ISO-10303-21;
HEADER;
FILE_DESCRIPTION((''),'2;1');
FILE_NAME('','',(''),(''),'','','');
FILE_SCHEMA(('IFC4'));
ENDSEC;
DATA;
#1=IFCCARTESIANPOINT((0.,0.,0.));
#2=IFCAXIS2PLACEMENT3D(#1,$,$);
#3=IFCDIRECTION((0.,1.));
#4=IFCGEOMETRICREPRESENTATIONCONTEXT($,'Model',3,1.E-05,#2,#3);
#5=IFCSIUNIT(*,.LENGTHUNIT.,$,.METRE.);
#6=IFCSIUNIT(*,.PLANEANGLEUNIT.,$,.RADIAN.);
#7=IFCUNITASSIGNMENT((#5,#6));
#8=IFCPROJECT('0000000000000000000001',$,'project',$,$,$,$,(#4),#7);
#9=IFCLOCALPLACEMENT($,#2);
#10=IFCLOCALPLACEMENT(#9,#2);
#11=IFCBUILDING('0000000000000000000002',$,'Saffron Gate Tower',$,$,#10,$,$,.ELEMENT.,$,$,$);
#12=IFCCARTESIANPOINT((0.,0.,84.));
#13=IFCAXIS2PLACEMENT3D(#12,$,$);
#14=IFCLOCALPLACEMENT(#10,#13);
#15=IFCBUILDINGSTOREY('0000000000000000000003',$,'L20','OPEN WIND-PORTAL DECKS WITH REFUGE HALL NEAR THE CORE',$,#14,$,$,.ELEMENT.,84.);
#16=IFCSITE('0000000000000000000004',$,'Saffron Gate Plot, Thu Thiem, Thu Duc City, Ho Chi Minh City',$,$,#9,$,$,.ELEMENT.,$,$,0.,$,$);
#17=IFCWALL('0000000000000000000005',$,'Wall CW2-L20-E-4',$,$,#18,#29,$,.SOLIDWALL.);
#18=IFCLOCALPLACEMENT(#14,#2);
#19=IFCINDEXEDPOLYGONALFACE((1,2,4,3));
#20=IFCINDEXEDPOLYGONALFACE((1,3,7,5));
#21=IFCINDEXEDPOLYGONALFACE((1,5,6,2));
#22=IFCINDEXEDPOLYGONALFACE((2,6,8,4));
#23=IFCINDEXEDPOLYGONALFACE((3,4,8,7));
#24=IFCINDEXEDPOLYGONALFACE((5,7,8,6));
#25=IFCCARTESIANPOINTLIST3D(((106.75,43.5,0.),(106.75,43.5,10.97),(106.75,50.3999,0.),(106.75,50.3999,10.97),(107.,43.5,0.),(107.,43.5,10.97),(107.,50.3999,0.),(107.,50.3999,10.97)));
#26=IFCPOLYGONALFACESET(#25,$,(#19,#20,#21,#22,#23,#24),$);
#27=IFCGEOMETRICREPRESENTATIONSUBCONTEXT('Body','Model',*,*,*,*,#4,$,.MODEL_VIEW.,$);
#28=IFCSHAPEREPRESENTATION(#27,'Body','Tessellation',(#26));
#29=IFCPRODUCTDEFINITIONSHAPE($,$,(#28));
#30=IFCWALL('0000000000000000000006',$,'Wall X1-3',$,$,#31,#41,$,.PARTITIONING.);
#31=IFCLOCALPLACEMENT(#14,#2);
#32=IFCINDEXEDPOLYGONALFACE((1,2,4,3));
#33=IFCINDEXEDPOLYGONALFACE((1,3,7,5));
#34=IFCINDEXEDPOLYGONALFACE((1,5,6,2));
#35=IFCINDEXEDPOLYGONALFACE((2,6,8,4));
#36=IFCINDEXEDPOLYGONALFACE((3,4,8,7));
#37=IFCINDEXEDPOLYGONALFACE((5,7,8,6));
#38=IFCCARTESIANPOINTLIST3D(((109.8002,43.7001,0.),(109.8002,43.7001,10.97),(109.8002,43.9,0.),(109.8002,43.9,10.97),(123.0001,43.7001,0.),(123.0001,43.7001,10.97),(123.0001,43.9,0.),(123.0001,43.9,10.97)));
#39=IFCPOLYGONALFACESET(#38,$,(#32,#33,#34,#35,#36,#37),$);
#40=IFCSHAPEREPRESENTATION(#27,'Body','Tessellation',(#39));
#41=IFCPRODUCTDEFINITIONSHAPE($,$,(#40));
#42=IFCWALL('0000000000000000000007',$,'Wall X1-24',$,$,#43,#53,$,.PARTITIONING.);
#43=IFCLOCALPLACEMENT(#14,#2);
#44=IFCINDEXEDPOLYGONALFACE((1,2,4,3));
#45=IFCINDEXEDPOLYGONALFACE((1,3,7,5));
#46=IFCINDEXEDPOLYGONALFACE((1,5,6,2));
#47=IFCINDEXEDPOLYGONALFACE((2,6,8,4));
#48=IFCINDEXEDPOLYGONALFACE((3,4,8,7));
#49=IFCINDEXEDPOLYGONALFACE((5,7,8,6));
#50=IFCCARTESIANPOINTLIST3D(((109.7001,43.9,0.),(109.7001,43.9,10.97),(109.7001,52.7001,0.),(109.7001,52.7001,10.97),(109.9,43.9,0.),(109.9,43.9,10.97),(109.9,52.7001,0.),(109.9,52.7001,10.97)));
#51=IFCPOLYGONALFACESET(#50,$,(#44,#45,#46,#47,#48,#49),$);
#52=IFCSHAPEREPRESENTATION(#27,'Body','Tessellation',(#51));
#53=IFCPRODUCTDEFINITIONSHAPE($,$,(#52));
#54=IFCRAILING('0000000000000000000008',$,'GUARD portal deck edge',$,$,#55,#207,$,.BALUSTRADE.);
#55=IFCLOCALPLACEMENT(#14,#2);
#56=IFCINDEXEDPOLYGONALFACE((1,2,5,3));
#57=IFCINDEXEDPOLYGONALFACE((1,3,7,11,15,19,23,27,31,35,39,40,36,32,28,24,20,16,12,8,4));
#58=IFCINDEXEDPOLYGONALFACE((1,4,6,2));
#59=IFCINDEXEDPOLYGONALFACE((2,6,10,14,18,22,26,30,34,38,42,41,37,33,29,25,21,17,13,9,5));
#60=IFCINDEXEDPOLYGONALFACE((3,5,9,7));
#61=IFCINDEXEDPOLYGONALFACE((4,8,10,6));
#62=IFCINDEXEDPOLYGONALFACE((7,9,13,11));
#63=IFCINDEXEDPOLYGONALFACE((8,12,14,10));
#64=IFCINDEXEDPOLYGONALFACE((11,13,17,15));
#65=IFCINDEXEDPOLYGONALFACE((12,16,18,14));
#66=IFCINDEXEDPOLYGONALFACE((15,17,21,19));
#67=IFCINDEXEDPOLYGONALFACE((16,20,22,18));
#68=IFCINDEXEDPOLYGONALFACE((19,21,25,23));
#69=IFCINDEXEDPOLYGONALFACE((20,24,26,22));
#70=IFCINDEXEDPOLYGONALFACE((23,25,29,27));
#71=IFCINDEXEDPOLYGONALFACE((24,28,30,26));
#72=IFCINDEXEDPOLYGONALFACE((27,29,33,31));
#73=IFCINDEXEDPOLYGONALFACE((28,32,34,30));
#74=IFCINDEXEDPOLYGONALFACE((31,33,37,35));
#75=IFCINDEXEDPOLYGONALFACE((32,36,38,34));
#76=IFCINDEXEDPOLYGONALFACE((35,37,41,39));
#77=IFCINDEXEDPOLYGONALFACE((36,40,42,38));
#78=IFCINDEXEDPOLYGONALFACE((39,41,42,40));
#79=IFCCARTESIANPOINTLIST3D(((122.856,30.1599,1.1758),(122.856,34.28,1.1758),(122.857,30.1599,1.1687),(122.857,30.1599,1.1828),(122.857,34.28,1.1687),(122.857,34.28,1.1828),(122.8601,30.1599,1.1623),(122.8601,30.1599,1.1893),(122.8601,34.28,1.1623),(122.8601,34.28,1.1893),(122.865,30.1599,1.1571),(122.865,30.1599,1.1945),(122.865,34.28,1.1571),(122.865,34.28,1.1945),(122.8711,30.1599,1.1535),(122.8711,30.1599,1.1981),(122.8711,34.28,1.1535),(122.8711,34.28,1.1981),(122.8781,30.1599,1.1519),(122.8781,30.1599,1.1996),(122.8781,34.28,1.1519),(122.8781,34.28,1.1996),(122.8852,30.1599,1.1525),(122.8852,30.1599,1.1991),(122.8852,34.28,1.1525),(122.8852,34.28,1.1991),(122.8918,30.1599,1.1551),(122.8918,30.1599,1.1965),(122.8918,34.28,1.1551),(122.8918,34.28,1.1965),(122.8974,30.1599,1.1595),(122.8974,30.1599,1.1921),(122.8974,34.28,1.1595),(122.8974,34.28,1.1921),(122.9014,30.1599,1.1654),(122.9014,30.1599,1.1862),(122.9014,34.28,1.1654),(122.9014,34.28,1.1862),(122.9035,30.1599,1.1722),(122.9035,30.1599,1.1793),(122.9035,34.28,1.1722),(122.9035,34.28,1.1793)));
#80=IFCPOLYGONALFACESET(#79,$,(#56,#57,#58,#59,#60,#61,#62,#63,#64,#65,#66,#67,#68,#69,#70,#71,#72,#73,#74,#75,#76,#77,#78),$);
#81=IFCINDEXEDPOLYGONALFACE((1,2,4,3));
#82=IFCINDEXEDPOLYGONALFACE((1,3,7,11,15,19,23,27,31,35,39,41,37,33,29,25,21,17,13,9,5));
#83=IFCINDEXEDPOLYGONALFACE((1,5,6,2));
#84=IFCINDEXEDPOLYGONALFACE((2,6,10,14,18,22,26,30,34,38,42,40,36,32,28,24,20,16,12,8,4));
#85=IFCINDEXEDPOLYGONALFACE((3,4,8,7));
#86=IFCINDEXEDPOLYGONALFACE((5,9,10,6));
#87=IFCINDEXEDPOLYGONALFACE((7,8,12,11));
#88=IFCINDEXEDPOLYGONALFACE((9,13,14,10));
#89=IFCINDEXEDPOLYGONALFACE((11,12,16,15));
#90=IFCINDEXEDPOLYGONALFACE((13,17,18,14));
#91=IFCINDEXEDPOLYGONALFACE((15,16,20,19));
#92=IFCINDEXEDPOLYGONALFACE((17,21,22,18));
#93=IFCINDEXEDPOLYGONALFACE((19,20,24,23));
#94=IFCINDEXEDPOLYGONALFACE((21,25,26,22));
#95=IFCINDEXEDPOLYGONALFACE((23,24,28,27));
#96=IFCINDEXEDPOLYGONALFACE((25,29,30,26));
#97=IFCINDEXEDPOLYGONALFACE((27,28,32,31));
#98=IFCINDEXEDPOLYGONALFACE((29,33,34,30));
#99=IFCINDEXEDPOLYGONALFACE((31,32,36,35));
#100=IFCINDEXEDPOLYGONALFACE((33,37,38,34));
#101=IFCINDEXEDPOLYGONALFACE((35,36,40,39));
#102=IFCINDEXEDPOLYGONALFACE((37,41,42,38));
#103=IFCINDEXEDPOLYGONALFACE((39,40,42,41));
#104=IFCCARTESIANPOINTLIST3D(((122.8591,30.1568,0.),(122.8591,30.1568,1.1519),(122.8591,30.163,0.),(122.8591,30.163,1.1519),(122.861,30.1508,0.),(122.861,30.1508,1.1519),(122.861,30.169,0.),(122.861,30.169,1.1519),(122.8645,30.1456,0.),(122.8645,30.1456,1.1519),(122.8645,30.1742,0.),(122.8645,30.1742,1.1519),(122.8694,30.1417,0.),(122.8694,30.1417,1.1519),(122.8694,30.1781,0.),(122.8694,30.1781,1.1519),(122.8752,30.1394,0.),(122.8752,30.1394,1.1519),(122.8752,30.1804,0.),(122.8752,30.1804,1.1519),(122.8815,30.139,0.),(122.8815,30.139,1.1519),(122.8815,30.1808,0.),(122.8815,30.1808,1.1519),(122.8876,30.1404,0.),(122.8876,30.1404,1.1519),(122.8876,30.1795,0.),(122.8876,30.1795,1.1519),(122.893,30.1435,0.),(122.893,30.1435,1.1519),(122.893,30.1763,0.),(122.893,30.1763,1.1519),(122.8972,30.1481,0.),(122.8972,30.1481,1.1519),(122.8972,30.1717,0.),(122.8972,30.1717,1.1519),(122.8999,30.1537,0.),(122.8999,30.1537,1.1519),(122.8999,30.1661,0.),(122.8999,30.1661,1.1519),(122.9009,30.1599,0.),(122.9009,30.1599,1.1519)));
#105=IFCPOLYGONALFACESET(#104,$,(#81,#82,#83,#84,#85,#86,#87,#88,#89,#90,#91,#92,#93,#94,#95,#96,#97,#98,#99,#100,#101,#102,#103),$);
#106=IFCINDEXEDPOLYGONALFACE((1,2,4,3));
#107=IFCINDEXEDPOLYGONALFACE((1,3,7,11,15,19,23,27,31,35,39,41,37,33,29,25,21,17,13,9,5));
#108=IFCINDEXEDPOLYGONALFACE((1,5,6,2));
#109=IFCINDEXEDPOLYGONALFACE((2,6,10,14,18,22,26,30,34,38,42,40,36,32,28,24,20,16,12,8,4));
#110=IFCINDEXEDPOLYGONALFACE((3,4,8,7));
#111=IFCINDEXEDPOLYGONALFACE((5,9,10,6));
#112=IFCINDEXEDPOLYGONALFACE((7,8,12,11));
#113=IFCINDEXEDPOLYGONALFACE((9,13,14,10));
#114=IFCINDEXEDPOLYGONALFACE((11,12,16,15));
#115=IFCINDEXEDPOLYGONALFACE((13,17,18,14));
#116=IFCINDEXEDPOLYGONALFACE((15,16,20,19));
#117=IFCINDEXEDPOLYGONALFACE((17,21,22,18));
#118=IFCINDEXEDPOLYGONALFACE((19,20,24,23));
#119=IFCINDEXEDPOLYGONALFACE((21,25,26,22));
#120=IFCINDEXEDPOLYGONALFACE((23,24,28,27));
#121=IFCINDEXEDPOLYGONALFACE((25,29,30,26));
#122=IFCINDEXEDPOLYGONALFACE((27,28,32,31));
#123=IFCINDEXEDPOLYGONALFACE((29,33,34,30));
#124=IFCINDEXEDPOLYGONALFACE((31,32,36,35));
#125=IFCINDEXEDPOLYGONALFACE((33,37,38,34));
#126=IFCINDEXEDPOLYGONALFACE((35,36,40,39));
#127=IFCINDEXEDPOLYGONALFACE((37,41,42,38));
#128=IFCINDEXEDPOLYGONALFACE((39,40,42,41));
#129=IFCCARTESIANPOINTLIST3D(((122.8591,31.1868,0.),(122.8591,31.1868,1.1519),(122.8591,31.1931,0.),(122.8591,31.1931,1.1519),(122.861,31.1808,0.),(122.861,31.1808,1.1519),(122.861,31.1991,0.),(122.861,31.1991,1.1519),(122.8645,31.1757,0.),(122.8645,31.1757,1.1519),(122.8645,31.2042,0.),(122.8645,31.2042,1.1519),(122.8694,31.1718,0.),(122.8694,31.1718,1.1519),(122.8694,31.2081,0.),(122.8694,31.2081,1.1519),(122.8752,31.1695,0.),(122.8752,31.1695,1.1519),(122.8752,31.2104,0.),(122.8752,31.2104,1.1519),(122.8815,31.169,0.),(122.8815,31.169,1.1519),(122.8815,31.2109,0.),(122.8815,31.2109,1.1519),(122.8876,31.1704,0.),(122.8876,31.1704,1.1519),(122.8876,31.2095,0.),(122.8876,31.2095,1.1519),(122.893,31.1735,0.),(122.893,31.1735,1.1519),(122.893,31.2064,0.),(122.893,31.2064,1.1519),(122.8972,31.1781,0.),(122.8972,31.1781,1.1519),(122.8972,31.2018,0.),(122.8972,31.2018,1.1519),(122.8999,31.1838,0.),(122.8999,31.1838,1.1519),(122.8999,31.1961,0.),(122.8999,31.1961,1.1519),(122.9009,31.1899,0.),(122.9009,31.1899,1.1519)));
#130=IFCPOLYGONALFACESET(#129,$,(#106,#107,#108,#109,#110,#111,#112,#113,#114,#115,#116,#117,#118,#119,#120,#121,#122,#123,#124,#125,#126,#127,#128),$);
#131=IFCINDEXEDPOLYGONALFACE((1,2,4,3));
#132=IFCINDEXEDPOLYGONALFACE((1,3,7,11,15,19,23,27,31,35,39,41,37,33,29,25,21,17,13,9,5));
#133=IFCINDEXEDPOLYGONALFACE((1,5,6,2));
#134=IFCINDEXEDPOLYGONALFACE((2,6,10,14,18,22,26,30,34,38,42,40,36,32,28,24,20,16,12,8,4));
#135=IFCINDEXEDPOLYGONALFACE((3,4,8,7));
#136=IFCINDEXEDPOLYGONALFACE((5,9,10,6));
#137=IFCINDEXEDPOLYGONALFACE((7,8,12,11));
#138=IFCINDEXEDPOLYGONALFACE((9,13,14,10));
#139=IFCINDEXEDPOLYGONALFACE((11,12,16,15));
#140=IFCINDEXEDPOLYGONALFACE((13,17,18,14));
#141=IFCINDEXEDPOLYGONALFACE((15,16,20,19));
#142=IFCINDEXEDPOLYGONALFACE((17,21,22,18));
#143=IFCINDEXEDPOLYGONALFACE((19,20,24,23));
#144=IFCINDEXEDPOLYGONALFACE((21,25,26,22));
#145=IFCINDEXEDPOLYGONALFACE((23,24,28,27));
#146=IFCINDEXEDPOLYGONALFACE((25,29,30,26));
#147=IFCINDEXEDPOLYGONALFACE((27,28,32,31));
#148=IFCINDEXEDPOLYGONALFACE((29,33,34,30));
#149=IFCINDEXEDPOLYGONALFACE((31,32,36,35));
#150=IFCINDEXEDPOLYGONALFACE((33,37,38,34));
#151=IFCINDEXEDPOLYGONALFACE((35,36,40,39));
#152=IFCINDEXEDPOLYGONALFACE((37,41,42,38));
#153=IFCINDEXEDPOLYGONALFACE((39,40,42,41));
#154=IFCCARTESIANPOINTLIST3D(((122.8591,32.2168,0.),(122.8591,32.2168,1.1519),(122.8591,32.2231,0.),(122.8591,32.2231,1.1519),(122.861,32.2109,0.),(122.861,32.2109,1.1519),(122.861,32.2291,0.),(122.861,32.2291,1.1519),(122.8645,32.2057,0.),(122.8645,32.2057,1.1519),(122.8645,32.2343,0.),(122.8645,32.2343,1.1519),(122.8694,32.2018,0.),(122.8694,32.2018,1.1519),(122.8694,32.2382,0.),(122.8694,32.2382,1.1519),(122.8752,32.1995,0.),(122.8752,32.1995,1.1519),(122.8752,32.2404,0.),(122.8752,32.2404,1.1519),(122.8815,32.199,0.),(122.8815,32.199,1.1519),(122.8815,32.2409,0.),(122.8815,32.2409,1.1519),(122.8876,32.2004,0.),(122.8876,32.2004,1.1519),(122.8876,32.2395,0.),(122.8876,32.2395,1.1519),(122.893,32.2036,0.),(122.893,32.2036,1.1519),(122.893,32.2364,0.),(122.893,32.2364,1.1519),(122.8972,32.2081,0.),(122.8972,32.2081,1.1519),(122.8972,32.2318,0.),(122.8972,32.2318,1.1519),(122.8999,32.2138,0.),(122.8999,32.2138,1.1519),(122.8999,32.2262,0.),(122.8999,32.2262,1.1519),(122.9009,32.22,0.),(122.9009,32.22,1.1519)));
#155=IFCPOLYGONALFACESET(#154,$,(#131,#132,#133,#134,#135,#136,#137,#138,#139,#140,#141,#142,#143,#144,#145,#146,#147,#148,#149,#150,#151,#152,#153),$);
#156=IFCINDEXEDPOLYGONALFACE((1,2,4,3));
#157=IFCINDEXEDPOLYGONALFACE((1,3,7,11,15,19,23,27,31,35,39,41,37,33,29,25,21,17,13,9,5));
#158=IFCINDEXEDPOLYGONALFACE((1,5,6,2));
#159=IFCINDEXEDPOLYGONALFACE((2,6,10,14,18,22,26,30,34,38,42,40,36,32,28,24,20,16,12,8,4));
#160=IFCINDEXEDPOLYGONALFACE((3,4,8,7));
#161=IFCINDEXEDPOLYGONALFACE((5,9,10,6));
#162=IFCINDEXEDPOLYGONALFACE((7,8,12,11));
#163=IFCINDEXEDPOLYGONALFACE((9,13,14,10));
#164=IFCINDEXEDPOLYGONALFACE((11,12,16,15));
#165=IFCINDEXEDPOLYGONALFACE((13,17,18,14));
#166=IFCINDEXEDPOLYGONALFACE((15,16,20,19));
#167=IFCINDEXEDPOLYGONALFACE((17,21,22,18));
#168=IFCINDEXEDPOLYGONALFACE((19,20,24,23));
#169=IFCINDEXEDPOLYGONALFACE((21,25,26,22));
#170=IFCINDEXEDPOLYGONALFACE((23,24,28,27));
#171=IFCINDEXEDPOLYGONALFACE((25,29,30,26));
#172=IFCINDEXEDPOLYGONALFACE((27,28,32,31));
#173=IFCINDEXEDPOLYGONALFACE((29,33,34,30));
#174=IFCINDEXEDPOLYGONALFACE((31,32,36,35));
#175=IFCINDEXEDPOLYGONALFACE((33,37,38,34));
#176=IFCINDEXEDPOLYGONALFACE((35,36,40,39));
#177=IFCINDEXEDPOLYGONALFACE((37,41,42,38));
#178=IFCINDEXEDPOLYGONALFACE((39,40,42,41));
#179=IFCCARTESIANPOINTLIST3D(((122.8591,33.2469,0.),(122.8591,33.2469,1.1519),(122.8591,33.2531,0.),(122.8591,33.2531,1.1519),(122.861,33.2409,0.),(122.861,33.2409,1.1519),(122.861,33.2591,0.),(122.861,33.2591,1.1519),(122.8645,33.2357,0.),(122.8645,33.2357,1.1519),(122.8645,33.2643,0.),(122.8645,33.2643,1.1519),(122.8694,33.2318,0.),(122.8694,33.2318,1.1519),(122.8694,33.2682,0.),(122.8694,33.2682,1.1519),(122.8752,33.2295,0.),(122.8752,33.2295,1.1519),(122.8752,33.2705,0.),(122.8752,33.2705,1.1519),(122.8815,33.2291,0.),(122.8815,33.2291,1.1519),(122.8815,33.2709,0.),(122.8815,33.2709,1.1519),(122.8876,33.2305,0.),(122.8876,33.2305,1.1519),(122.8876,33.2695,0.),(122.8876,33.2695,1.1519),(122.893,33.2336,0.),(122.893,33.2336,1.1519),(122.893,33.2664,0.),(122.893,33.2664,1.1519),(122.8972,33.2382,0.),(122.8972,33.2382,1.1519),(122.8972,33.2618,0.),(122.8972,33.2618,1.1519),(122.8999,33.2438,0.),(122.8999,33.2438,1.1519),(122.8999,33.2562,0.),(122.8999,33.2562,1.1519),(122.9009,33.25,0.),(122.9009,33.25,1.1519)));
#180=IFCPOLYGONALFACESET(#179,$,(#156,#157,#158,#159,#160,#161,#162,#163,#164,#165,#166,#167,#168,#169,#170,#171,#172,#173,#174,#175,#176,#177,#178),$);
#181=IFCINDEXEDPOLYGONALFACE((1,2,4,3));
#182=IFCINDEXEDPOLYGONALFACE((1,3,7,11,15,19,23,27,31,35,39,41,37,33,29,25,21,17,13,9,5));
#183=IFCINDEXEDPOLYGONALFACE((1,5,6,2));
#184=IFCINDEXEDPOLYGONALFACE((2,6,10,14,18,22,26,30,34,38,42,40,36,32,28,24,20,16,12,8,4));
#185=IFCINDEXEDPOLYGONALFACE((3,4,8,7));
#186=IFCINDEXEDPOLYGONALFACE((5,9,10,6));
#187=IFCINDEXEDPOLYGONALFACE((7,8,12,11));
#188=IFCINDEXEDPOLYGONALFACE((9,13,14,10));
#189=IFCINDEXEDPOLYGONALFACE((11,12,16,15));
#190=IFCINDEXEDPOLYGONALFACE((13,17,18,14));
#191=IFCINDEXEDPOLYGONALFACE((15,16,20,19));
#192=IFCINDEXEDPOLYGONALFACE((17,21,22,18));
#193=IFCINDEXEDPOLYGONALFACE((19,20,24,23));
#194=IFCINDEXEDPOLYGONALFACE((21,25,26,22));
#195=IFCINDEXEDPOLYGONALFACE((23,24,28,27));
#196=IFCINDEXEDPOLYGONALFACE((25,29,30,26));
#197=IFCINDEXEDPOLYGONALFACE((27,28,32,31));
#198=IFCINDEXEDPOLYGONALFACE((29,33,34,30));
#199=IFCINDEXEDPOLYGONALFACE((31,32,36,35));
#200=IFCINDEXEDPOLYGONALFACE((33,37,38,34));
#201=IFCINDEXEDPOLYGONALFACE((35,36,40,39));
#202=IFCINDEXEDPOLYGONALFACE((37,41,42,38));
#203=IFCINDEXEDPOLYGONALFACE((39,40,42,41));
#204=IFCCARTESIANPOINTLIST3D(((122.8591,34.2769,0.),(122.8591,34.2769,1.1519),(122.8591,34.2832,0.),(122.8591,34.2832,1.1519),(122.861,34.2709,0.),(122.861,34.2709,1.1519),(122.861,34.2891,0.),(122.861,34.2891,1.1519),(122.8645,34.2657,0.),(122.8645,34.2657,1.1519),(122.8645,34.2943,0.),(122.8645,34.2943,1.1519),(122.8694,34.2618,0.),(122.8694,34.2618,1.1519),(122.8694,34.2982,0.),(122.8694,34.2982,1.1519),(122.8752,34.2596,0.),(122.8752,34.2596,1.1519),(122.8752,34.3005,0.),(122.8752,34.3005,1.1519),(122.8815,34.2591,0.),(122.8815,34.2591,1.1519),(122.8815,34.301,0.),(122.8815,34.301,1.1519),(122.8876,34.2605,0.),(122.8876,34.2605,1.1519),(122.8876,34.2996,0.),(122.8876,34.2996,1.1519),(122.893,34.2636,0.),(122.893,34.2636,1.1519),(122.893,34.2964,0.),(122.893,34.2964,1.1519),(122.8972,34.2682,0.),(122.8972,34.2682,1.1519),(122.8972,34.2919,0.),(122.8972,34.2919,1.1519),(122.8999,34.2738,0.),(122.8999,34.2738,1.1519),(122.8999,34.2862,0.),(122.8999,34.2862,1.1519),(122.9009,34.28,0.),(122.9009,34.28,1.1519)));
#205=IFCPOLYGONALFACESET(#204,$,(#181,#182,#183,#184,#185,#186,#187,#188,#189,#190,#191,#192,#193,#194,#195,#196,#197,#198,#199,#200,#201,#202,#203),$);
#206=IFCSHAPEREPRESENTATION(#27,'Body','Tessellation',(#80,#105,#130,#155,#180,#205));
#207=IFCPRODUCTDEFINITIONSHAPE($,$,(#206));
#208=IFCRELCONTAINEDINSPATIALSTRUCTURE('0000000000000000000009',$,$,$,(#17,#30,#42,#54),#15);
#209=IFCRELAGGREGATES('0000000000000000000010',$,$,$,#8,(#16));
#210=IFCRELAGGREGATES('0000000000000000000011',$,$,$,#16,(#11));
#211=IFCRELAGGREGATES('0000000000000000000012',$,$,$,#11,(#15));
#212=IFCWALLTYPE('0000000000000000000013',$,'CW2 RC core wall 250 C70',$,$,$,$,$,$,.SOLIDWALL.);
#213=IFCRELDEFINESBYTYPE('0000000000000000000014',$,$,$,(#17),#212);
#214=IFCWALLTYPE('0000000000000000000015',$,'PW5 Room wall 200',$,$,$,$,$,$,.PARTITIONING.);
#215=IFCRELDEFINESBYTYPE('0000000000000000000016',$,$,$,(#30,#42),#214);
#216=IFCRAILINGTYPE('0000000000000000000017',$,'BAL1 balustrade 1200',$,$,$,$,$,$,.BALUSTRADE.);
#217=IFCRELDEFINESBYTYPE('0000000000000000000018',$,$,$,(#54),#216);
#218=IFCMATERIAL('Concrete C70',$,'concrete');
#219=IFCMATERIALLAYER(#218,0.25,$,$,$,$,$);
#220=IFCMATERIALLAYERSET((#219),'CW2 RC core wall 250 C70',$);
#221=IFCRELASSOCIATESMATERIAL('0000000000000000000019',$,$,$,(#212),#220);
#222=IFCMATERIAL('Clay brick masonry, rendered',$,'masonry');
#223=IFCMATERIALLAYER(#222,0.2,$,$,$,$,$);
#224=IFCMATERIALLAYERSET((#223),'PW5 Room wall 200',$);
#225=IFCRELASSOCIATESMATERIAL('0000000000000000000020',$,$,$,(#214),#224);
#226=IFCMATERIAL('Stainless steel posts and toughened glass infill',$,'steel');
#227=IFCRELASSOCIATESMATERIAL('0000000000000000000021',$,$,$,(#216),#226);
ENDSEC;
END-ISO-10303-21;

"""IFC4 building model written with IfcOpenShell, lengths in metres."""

from ifc_helpers import new_model, si_unit, direction, frame, frame_2d, origin, origin_2d, place, context, subcontext, project, spatial, rectangle, circle, extrude, material, layer, layer_set, type_object, element, save


model = new_model("IFC4")

# Units and contexts
model_context = context("Model", 3, precision=1e-05, world=origin(), true_north=direction((0.0, 1.0)))
body_context = subcontext(model_context, "Body", "Model", "MODEL_VIEW")
ifc_project = project(units=[si_unit("LENGTHUNIT", "METRE"), si_unit("PLANEANGLEUNIT", "RADIAN")], contexts=[model_context])

# Site, building, storey
site_placement = place(None, origin())
site = spatial("IfcSite", under=ifc_project, at=site_placement, Name="Saffron Gate Plot, Thu Thiem, Thu Duc City, Ho Chi Minh City", CompositionType="ELEMENT", RefElevation=0.0)
building_placement = place(site_placement, origin())
building = spatial("IfcBuilding", under=site, at=building_placement, Name="Saffron Gate Tower", CompositionType="ELEMENT")
storey_placement = place(building_placement, frame((0.0, 0.0, 84.0)))
storey = spatial("IfcBuildingStorey", under=building, at=storey_placement, Name="L20", Description="OPEN WIND-PORTAL DECKS WITH REFUGE HALL NEAR THE CORE", CompositionType="ELEMENT", Elevation=84.0)

# Walls
ifc_material_1 = material(Name="Concrete C70", Category="concrete")
ifc_layer_1 = layer(ifc_material_1, 0.25)
ifc_layer_set_1 = layer_set([ifc_layer_1], Name="CW2 RC core wall 250 C70")
wall_type_1 = type_object("IfcWallType", Name="CW2 RC core wall 250 C70", PredefinedType="SOLIDWALL", material=ifc_layer_set_1)
wall_1_placement = place(storey_placement, frame((106.875, 43.5, 0.0), z_axis=(0.0, 0.0, 1.0), x_axis=(0.0, 1.0, 0.0)))
element("IfcWall", 1, at=wall_1_placement, inside=storey, type_object=wall_type_1, Name="Wall CW2-L20-E-4", PredefinedType="SOLIDWALL", context=body_context, shape_type="SweptSolid", body=[
    extrude(rectangle(XDim=6.8999, YDim=0.25, at=frame_2d((3.45, 0.0))), origin(), (0.0, 0.0, 1.0), 10.97),
])
ifc_material_2 = material(Name="Clay brick masonry, rendered", Category="masonry")
ifc_layer_2 = layer(ifc_material_2, 0.2)
ifc_layer_set_2 = layer_set([ifc_layer_2], Name="PW5 Room wall 200")
wall_type_2 = type_object("IfcWallType", Name="PW5 Room wall 200", PredefinedType="PARTITIONING", material=ifc_layer_set_2)
wall_2_placement = place(storey_placement, frame((109.8, 43.8, 0.0), z_axis=(0.0, 0.0, 1.0), x_axis=(1.0, 0.0, 0.0)))
element("IfcWall", 2, at=wall_2_placement, inside=storey, type_object=wall_type_2, Name="Wall X1-3", PredefinedType="PARTITIONING", context=body_context, shape_type="SweptSolid", body=[
    extrude(rectangle(XDim=13.2, YDim=0.2, at=frame_2d((6.6001, 0.0))), origin(), (0.0, 0.0, 1.0), 10.97),
])
wall_3_placement = place(storey_placement, frame((109.8, 52.7, 0.0), z_axis=(0.0, 0.0, 1.0), x_axis=(0.0, -1.0, 0.0)))
element("IfcWall", 3, at=wall_3_placement, inside=storey, type_object=wall_type_2, Name="Wall X1-24", PredefinedType="PARTITIONING", context=body_context, shape_type="SweptSolid", body=[
    extrude(rectangle(XDim=8.8, YDim=0.2, at=frame_2d((4.3999, 0.0))), origin(), (0.0, 0.0, 1.0), 10.97),
])

# Railing
ifc_material_3 = material(Name="Stainless steel posts and toughened glass infill", Category="steel")
railing_type = type_object("IfcRailingType", Name="BAL1 balustrade 1200", PredefinedType="BALUSTRADE", material=ifc_material_3)
railing_1_placement = place(storey_placement, frame((122.8799, 30.1599, 0.0)))
element("IfcRailing", 4, at=railing_1_placement, inside=storey, type_object=railing_type, Name="GUARD portal deck edge", PredefinedType="BALUSTRADE", context=body_context, shape_type="SweptSolid", body=[
    extrude(circle(Radius=0.0239, at=origin_2d()), frame((0.0, 0.0, 1.1758), z_axis=(0.0, 1.0, 0.0), x_axis=(-1.0, 0.0, 0.0)), (0.0, 0.0, 1.0), 4.1201),
    extrude(circle(Radius=0.021, at=origin_2d()), origin(), (0.0, 0.0, 1.0), 1.1519),
    extrude(circle(Radius=0.021, at=origin_2d()), frame((0.0, 1.03, 0.0)), (0.0, 0.0, 1.0), 1.1519),
    extrude(circle(Radius=0.021, at=origin_2d()), frame((0.0, 2.0601, 0.0)), (0.0, 0.0, 1.0), 1.1519),
    extrude(circle(Radius=0.021, at=origin_2d()), frame((0.0, 3.0901, 0.0)), (0.0, 0.0, 1.0), 1.1519),
    extrude(circle(Radius=0.021, at=origin_2d()), frame((0.0, 4.1201, 0.0)), (0.0, 0.0, 1.0), 1.1519),
])

save(model, "model.ifc")
